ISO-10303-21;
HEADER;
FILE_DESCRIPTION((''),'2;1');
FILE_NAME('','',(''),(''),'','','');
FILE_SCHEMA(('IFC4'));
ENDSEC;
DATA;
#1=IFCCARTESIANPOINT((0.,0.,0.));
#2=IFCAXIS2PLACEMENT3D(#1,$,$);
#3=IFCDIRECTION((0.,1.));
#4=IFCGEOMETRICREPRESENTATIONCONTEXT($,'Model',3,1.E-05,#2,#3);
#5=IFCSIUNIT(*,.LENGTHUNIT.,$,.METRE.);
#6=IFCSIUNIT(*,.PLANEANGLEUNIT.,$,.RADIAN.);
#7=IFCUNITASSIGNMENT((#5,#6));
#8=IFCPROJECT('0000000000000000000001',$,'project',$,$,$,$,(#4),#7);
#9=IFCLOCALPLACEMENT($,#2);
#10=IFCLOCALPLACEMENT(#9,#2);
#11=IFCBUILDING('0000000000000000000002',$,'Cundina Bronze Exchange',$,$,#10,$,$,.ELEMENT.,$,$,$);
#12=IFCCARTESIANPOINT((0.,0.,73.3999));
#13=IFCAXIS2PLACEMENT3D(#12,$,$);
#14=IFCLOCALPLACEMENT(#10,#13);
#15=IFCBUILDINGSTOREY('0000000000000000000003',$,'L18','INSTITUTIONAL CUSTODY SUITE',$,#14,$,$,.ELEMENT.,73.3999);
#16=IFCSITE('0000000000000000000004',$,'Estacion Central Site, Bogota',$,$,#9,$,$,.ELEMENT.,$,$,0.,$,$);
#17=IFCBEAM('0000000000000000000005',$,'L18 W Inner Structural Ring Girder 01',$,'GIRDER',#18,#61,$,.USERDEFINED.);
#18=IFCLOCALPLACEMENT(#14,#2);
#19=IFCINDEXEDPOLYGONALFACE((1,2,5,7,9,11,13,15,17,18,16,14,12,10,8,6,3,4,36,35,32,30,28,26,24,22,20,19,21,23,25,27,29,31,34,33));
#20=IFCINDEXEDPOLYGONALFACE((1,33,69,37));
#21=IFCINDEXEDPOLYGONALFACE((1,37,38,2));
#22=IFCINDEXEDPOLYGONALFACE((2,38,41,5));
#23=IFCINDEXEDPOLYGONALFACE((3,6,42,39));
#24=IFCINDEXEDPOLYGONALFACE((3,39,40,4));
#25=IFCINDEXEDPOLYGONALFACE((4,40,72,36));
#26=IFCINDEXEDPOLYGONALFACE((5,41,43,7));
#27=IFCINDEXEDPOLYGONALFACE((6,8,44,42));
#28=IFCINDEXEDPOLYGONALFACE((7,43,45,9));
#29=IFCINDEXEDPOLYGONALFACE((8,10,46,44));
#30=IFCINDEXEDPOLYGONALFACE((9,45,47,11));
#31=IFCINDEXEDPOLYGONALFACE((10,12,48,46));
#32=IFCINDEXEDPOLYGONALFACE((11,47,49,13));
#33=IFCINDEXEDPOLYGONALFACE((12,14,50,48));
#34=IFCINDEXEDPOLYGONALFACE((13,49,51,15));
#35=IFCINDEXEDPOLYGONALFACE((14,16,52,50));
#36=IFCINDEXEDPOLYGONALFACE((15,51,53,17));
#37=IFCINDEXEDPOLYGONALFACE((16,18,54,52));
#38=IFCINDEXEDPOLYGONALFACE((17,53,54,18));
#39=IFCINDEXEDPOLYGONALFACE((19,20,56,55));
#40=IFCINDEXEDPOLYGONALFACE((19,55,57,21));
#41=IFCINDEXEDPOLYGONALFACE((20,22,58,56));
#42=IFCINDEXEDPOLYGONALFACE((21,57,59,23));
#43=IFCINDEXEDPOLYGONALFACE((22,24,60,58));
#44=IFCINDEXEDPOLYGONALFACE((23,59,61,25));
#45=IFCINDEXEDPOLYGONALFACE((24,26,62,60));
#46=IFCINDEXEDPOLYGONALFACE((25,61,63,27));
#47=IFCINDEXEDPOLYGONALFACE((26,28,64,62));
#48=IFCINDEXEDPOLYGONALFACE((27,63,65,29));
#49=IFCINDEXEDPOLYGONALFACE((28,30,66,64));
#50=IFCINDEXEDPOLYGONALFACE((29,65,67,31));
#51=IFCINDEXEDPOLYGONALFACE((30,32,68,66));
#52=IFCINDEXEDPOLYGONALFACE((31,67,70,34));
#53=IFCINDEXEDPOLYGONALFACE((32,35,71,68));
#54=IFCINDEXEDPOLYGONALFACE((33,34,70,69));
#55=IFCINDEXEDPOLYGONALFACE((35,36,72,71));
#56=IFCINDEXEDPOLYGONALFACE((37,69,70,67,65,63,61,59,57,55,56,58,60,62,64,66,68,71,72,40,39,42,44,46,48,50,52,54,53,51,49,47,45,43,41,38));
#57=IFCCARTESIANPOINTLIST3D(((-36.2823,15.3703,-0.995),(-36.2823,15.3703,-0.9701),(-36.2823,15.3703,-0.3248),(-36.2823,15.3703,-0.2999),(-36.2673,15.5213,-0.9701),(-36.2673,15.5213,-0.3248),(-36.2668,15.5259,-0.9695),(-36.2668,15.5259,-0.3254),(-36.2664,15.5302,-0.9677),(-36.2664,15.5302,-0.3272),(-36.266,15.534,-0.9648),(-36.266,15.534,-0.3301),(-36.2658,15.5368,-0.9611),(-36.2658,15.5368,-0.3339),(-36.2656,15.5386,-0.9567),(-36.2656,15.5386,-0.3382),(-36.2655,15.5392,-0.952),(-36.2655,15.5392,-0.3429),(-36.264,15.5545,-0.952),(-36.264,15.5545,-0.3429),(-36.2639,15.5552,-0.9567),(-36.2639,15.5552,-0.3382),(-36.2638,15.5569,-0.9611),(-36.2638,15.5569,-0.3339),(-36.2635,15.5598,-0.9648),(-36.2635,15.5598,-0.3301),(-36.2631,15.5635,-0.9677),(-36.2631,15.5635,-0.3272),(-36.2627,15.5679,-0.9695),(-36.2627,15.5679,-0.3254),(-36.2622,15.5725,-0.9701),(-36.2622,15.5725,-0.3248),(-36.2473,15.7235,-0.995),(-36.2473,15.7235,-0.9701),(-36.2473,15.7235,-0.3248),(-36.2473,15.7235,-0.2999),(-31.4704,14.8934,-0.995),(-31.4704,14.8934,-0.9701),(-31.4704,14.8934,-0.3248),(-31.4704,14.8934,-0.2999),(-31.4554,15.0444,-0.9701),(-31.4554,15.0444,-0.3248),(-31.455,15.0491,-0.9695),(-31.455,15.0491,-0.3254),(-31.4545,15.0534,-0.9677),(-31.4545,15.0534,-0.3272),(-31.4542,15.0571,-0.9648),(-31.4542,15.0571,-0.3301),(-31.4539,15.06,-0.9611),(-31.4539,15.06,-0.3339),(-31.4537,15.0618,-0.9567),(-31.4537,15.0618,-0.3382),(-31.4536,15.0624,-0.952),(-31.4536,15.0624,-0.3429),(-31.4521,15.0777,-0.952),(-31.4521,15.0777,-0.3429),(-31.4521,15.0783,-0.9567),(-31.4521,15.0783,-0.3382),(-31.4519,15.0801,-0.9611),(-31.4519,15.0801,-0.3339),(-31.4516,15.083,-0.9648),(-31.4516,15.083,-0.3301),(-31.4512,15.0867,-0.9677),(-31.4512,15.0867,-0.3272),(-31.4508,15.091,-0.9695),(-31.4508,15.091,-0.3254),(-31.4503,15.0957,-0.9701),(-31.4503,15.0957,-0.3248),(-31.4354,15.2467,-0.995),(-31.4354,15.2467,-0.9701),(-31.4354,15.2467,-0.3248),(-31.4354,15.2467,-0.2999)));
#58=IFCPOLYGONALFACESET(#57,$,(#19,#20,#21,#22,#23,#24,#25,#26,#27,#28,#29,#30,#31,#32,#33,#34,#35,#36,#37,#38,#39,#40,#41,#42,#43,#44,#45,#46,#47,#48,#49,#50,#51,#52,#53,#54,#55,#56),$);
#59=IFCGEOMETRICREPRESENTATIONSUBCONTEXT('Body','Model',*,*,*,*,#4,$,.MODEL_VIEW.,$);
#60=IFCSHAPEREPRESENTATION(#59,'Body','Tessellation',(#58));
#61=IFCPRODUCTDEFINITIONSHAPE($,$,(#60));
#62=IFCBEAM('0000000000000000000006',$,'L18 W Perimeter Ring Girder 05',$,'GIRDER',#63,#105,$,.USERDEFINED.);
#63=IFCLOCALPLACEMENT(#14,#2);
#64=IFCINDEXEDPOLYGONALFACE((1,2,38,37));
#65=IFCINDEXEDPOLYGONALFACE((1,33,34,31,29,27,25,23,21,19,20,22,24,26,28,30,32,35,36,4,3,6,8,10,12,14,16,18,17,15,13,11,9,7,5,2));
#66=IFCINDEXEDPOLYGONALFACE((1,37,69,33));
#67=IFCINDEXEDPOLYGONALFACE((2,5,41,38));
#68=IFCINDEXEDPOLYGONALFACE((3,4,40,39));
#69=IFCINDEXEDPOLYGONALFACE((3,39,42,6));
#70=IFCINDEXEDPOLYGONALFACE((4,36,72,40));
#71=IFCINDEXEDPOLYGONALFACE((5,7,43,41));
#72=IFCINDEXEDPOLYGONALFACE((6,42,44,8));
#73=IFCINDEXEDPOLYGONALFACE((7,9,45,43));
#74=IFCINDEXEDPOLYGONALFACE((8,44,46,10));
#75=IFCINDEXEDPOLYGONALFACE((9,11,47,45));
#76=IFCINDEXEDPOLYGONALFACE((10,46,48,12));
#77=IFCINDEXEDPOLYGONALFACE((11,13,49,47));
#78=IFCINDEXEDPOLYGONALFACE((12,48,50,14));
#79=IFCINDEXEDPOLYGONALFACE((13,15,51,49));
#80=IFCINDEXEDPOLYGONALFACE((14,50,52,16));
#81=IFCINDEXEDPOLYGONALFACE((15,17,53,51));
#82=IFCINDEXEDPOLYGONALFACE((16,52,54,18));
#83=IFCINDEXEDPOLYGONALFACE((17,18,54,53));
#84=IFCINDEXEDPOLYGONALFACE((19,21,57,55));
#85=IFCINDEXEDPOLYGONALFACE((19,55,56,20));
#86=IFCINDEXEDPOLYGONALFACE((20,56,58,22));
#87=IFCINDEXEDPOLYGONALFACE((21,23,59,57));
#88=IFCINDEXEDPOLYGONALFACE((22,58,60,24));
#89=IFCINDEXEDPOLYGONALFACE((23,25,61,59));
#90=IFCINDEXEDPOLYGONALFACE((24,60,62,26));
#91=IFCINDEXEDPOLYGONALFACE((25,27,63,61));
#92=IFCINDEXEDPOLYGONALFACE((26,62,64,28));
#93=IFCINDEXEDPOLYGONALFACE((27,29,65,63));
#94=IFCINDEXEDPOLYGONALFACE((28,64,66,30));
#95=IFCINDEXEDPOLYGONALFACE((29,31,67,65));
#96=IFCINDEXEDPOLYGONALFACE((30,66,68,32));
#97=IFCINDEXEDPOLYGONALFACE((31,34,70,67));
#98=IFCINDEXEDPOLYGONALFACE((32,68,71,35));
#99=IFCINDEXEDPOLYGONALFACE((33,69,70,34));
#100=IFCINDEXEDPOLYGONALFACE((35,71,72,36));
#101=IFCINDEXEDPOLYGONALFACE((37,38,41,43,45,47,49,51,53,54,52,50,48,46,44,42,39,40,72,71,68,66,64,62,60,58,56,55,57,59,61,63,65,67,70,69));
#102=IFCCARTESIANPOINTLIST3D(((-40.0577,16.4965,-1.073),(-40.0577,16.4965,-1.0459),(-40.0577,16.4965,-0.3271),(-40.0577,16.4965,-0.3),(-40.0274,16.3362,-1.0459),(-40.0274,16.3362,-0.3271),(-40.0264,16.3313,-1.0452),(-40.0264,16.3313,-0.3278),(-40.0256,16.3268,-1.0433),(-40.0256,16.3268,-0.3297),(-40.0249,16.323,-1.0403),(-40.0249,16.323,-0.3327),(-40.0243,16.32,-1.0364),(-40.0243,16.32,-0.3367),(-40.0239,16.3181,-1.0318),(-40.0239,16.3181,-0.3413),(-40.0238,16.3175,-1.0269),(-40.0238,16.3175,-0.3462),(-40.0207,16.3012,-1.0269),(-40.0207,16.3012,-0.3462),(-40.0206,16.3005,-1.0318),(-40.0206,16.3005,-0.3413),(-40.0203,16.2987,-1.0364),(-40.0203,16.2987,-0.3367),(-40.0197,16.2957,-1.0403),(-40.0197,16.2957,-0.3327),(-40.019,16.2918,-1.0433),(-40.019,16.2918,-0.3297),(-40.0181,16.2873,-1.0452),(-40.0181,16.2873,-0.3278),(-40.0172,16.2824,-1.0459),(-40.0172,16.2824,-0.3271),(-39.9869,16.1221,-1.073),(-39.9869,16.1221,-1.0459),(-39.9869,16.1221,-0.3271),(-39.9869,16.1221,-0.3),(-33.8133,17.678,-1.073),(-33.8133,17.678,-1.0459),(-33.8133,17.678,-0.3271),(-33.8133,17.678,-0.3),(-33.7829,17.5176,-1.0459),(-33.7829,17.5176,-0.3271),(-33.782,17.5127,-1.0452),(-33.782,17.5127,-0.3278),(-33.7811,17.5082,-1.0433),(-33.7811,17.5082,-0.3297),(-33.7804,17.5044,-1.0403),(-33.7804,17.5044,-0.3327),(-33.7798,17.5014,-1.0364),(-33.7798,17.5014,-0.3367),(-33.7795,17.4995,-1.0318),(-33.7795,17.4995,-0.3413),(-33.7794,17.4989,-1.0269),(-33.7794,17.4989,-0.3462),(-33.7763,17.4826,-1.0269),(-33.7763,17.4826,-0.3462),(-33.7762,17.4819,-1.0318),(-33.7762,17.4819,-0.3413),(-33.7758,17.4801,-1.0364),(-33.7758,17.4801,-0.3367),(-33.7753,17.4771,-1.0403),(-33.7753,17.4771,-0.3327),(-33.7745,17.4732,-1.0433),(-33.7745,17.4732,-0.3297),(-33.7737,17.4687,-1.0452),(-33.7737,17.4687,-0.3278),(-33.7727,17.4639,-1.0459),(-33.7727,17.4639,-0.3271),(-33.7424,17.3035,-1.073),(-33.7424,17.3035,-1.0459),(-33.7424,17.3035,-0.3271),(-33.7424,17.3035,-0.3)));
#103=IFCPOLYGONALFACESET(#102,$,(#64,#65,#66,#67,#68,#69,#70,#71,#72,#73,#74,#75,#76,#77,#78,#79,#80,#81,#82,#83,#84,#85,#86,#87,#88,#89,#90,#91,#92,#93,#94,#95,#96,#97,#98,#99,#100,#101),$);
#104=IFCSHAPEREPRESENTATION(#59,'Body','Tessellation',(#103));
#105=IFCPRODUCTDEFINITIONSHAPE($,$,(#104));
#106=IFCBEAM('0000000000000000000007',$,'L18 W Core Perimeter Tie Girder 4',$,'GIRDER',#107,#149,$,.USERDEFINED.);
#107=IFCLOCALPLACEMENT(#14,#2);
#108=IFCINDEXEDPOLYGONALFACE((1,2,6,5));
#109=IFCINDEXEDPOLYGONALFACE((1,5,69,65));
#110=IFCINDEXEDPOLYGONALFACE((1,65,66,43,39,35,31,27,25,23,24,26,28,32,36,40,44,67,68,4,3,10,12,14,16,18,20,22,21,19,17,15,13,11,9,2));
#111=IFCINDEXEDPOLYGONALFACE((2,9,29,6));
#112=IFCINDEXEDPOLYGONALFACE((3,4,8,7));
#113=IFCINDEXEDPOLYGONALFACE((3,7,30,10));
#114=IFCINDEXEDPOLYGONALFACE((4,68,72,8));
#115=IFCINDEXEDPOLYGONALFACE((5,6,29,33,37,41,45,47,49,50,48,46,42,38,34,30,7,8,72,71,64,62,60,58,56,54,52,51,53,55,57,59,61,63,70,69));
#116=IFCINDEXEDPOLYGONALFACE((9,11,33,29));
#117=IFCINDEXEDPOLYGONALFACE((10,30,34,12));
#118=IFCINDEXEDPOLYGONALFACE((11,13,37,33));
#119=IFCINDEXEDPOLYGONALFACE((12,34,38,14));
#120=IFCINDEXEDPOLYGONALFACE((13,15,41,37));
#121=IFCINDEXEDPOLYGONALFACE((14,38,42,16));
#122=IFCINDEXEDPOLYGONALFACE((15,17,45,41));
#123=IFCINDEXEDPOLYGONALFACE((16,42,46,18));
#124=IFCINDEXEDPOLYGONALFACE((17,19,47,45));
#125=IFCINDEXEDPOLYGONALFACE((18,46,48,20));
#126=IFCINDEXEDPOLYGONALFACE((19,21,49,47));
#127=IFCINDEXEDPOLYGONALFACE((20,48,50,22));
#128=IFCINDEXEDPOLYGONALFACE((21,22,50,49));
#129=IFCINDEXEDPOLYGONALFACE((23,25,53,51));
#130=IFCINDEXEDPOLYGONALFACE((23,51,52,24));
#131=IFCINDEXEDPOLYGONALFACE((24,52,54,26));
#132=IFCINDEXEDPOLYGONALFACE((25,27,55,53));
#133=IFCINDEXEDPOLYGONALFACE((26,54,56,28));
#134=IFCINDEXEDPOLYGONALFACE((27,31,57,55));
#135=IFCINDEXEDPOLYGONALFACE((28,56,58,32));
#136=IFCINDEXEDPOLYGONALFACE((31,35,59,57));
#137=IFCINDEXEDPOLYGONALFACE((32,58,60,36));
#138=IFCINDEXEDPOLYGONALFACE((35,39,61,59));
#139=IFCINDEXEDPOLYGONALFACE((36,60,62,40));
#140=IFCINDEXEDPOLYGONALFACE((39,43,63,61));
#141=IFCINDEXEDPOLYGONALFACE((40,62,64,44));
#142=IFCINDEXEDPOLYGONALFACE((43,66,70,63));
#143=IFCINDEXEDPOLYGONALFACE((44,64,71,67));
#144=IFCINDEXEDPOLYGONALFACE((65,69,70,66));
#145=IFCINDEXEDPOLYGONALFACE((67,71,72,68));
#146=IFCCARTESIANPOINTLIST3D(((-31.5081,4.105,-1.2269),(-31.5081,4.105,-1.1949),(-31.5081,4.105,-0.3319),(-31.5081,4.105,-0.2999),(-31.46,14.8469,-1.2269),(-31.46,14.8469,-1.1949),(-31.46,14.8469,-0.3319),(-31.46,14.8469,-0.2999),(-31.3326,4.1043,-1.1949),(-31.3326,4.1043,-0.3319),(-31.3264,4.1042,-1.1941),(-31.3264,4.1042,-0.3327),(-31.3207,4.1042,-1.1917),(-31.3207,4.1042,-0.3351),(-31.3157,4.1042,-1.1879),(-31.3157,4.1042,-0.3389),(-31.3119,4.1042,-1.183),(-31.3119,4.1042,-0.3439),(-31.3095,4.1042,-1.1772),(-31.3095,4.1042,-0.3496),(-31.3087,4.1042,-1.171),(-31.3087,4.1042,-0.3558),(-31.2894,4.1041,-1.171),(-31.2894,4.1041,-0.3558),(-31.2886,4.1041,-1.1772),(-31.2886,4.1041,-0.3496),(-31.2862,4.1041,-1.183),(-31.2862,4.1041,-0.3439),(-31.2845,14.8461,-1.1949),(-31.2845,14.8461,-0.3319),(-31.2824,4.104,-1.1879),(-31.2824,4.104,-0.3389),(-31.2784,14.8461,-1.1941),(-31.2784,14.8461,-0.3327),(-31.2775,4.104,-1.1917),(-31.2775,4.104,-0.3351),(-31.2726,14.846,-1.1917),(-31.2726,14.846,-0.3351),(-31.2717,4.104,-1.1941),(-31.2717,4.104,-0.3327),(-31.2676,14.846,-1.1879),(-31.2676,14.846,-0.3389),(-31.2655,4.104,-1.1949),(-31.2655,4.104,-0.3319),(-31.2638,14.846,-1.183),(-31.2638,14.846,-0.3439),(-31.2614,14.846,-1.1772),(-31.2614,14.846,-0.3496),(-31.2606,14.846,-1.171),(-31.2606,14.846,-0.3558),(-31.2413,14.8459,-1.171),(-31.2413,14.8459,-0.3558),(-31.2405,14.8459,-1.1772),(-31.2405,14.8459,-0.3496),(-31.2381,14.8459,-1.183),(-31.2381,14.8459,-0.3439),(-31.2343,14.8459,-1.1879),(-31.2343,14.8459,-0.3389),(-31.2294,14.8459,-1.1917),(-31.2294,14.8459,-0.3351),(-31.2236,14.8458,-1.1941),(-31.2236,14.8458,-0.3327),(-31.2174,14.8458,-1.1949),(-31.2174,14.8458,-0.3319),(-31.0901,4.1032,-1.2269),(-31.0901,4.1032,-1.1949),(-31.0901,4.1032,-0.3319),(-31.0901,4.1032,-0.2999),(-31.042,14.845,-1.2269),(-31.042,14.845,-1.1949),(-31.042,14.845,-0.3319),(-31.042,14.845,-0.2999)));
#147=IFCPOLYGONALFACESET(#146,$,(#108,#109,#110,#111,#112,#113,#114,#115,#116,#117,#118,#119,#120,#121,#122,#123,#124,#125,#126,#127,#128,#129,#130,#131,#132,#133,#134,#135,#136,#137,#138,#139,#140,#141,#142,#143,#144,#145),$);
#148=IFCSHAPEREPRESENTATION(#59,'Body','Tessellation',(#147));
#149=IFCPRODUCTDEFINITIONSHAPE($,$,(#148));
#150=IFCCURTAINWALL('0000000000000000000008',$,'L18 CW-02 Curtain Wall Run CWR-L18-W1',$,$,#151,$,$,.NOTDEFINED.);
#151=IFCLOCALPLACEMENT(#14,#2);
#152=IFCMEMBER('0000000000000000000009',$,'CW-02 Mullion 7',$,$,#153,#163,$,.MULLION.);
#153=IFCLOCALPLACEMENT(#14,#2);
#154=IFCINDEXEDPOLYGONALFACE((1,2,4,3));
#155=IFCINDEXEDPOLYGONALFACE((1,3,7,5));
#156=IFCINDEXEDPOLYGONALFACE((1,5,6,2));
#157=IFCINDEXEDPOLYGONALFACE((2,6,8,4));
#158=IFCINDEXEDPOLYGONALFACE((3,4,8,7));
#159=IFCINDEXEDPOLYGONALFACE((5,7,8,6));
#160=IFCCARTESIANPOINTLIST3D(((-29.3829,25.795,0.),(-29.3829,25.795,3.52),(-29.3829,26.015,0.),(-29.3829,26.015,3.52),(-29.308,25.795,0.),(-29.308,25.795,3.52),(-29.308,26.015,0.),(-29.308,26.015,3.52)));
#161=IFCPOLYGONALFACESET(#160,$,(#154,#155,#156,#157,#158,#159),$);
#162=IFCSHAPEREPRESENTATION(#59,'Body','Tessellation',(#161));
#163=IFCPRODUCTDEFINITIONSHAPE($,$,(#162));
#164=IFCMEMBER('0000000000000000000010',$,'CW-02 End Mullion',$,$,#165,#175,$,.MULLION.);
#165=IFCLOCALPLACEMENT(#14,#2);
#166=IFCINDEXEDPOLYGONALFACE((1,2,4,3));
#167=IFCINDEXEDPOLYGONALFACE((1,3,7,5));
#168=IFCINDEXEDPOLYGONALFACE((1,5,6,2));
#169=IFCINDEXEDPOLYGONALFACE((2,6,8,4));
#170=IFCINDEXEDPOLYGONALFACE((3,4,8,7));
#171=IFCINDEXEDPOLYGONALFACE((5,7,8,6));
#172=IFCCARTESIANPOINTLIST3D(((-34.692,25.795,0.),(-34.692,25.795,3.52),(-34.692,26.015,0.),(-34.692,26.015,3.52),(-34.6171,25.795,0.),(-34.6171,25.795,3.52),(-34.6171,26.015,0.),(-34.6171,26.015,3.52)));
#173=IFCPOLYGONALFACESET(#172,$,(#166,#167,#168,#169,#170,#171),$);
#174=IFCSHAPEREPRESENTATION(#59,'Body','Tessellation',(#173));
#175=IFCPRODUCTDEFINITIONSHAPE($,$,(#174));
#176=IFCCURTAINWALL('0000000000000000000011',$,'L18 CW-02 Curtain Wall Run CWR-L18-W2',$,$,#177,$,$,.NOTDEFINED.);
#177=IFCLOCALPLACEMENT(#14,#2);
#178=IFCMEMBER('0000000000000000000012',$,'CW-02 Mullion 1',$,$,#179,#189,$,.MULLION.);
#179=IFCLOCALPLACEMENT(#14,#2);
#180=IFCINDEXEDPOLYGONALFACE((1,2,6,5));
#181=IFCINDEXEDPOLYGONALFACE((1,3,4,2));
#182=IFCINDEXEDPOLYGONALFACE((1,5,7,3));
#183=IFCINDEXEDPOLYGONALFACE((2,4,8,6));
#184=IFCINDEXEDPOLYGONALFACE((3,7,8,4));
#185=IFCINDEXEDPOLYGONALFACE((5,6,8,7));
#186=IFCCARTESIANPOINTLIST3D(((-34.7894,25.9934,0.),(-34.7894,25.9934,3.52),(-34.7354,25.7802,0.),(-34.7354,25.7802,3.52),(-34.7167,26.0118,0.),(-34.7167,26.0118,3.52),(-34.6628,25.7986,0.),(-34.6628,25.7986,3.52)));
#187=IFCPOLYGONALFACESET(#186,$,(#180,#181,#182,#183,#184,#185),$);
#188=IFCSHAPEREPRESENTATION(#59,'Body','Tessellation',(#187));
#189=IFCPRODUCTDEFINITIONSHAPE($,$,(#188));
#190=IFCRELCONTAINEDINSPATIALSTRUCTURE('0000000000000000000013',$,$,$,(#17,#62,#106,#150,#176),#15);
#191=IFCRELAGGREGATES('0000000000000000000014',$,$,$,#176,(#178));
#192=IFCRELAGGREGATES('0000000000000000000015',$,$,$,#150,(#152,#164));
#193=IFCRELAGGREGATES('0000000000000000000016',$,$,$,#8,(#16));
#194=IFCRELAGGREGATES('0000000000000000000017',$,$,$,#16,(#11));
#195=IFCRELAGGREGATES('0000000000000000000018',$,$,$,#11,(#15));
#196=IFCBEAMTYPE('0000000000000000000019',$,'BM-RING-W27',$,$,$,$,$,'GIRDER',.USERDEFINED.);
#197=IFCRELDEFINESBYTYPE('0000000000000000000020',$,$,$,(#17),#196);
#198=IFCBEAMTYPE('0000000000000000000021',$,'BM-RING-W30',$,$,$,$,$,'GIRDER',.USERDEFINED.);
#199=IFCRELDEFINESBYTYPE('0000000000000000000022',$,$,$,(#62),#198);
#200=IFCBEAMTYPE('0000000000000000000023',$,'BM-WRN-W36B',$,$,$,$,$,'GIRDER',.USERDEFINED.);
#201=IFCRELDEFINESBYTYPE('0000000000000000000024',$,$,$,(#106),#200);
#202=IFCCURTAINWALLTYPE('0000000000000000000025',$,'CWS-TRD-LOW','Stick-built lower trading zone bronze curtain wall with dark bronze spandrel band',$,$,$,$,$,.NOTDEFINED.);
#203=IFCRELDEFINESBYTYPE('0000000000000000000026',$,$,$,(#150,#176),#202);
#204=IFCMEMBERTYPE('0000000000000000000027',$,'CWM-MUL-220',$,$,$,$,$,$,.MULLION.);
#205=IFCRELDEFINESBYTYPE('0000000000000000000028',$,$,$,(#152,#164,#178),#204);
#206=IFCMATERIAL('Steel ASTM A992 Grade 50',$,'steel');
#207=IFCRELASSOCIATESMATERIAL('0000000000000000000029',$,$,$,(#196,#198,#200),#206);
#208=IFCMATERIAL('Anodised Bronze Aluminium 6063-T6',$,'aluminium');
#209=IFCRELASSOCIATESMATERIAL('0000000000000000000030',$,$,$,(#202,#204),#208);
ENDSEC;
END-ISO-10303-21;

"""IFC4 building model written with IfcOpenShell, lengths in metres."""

from ifc_helpers import new_model, si_unit, direction, frame, origin, origin_2d, place, context, subcontext, project, spatial, rectangle, i_section, extrude, material, material_profile, profile_set, type_object, element, aggregate, save


model = new_model("IFC4")

# Units and contexts
model_context = context("Model", 3, precision=1e-05, world=origin(), true_north=direction((0.0, 1.0)))
body_context = subcontext(model_context, "Body", "Model", "MODEL_VIEW")
ifc_project = project(units=[si_unit("LENGTHUNIT", "METRE"), si_unit("PLANEANGLEUNIT", "RADIAN")], contexts=[model_context])

# Site, building, storey
site_placement = place(None, origin())
site = spatial("IfcSite", under=ifc_project, at=site_placement, Name="Estacion Central Site, Bogota", CompositionType="ELEMENT", RefElevation=0.0)
building_placement = place(site_placement, origin())
building = spatial("IfcBuilding", under=site, at=building_placement, Name="Cundina Bronze Exchange", CompositionType="ELEMENT")
storey_placement = place(building_placement, frame((0.0, 0.0, 73.3999)))
storey = spatial("IfcBuildingStorey", under=building, at=storey_placement, Name="L18", Description="INSTITUTIONAL CUSTODY SUITE", CompositionType="ELEMENT", Elevation=73.3999)

# Shared definitions
ifc_material_1 = material(Name="Steel ASTM A992 Grade 50", Category="steel")

# Beams
ifc_material_profile_1 = material_profile(ifc_material_1, i_section(OverallWidth=0.355, OverallDepth=0.6951, WebThickness=0.0154, FlangeThickness=0.0249, FilletRadius=0.0181, at=origin_2d()), Name="W27X146", Category="steel")
ifc_profile_set_1 = profile_set([ifc_material_profile_1], Name="Steel ASTM A992 Grade 50")
beam_type_1 = type_object("IfcBeamType", Name="BM-RING-W27", ElementType="GIRDER", PredefinedType="USERDEFINED", material=ifc_profile_set_1)
beam_1_placement = place(storey_placement, frame((-31.4529, 15.0701, -0.6475), z_axis=(-0.995126, 0.098609, 0.0), x_axis=(-0.098609, -0.995126, 0.0)))
element("IfcBeam", 1, at=beam_1_placement, inside=storey, type_object=beam_type_1, Name="L18 W Inner Structural Ring Girder 01", ObjectType="GIRDER", PredefinedType="USERDEFINED", context=body_context, shape_type="SweptSolid", body=[
    extrude(i_section(OverallWidth=0.355, OverallDepth=0.6951, WebThickness=0.0154, FlangeThickness=0.0249, FilletRadius=0.0181, at=origin_2d()), origin(), (0.0, 0.0, 1.0), 4.8354),
])
ifc_material_profile_2 = material_profile(ifc_material_1, i_section(OverallWidth=0.3811, OverallDepth=0.7729, WebThickness=0.0166, FlangeThickness=0.0271, FilletRadius=0.019, at=origin_2d()), Name="W30X173", Category="steel")
ifc_profile_set_2 = profile_set([ifc_material_profile_2], Name="Steel ASTM A992 Grade 50")
beam_type_2 = type_object("IfcBeamType", Name="BM-RING-W30", ElementType="GIRDER", PredefinedType="USERDEFINED", material=ifc_profile_set_2)
beam_2_placement = place(storey_placement, frame((-33.7778, 17.4907, -0.6865), z_axis=(-0.982569, -0.185896, 0.0), x_axis=(0.185896, -0.982569, 0.0)))
element("IfcBeam", 2, at=beam_2_placement, inside=storey, type_object=beam_type_2, Name="L18 W Perimeter Ring Girder 05", ObjectType="GIRDER", PredefinedType="USERDEFINED", context=body_context, shape_type="SweptSolid", body=[
    extrude(i_section(OverallWidth=0.3811, OverallDepth=0.7729, WebThickness=0.0166, FlangeThickness=0.0271, FilletRadius=0.019, at=origin_2d()), origin(), (0.0, 0.0, 1.0), 6.3552),
])
ifc_material_profile_3 = material_profile(ifc_material_1, i_section(OverallWidth=0.418, OverallDepth=0.927, WebThickness=0.0193, FlangeThickness=0.032, FilletRadius=0.0239, at=origin_2d()), Name="W36X231", Category="steel")
ifc_profile_set_3 = profile_set([ifc_material_profile_3], Name="Steel ASTM A992 Grade 50")
beam_type_3 = type_object("IfcBeamType", Name="BM-WRN-W36B", ElementType="GIRDER", PredefinedType="USERDEFINED", material=ifc_profile_set_3)
beam_3_placement = place(storey_placement, frame((-31.251, 14.8459, -0.7634), z_axis=(-0.004477, -0.99999, 0.0), x_axis=(0.99999, -0.004477, 0.0)))
element("IfcBeam", 3, at=beam_3_placement, inside=storey, type_object=beam_type_3, Name="L18 W Core Perimeter Tie Girder 4", ObjectType="GIRDER", PredefinedType="USERDEFINED", context=body_context, shape_type="SweptSolid", body=[
    extrude(i_section(OverallWidth=0.418, OverallDepth=0.927, WebThickness=0.0193, FlangeThickness=0.032, FilletRadius=0.0239, at=origin_2d()), origin(), (0.0, 0.0, 1.0), 10.7419),
])

# Curtain wall, members
ifc_material_2 = material(Name="Anodised Bronze Aluminium 6063-T6", Category="aluminium")
curtain_wall_type = type_object("IfcCurtainWallType", Name="CWS-TRD-LOW", Description="Stick-built lower trading zone bronze curtain wall with dark bronze spandrel band", PredefinedType="NOTDEFINED", material=ifc_material_2)
curtain_wall_1_placement = place(storey_placement, origin())
curtain_wall_1 = element("IfcCurtainWall", 4, at=curtain_wall_1_placement, inside=storey, type_object=curtain_wall_type, Name="L18 CW-02 Curtain Wall Run CWR-L18-W1", PredefinedType="NOTDEFINED")
ifc_material_profile_4 = material_profile(ifc_material_2, rectangle(XDim=0.075, YDim=0.22, at=origin_2d()), Name="AL75X220", Category="aluminium")
ifc_profile_set_4 = profile_set([ifc_material_profile_4], Name="Anodised Bronze Aluminium 6063-T6")
member_type_1 = type_object("IfcMemberType", Name="CWM-MUL-220", PredefinedType="MULLION", material=ifc_profile_set_4)
member_1_placement = place(storey_placement, frame((-29.3455, 25.905, 0.0), z_axis=(0.0, 0.0, 1.0), x_axis=(-1.0, 0.0, 0.0)))
member_1 = element("IfcMember", 5, at=member_1_placement, type_object=member_type_1, Name="CW-02 Mullion 7", PredefinedType="MULLION", context=body_context, shape_type="SweptSolid", body=[
    extrude(rectangle(XDim=0.075, YDim=0.22, at=origin_2d()), origin(), (0.0, 0.0, 1.0), 3.52),
])
member_2_placement = place(storey_placement, frame((-34.6545, 25.905, 0.0), z_axis=(0.0, 0.0, 1.0), x_axis=(-1.0, 0.0, 0.0)))
member_2 = element("IfcMember", 6, at=member_2_placement, type_object=member_type_1, Name="CW-02 End Mullion", PredefinedType="MULLION", context=body_context, shape_type="SweptSolid", body=[
    extrude(rectangle(XDim=0.075, YDim=0.22, at=origin_2d()), origin(), (0.0, 0.0, 1.0), 3.52),
])

# Curtain wall, member
curtain_wall_2_placement = place(storey_placement, origin())
curtain_wall_2 = element("IfcCurtainWall", 7, at=curtain_wall_2_placement, inside=storey, type_object=curtain_wall_type, Name="L18 CW-02 Curtain Wall Run CWR-L18-W2", PredefinedType="NOTDEFINED")
member_3_placement = place(storey_placement, frame((-34.7261, 25.896, 0.0), z_axis=(0.0, 0.0, 1.0), x_axis=(-0.969488, -0.245138, 0.0)))
member_3 = element("IfcMember", 8, at=member_3_placement, type_object=member_type_1, Name="CW-02 Mullion 1", PredefinedType="MULLION", context=body_context, shape_type="SweptSolid", body=[
    extrude(rectangle(XDim=0.075, YDim=0.22, at=origin_2d()), origin(), (0.0, 0.0, 1.0), 3.52),
])
aggregate(curtain_wall_2, [member_3])

aggregate(curtain_wall_1, [member_1, member_2])

save(model, "model.ifc")
